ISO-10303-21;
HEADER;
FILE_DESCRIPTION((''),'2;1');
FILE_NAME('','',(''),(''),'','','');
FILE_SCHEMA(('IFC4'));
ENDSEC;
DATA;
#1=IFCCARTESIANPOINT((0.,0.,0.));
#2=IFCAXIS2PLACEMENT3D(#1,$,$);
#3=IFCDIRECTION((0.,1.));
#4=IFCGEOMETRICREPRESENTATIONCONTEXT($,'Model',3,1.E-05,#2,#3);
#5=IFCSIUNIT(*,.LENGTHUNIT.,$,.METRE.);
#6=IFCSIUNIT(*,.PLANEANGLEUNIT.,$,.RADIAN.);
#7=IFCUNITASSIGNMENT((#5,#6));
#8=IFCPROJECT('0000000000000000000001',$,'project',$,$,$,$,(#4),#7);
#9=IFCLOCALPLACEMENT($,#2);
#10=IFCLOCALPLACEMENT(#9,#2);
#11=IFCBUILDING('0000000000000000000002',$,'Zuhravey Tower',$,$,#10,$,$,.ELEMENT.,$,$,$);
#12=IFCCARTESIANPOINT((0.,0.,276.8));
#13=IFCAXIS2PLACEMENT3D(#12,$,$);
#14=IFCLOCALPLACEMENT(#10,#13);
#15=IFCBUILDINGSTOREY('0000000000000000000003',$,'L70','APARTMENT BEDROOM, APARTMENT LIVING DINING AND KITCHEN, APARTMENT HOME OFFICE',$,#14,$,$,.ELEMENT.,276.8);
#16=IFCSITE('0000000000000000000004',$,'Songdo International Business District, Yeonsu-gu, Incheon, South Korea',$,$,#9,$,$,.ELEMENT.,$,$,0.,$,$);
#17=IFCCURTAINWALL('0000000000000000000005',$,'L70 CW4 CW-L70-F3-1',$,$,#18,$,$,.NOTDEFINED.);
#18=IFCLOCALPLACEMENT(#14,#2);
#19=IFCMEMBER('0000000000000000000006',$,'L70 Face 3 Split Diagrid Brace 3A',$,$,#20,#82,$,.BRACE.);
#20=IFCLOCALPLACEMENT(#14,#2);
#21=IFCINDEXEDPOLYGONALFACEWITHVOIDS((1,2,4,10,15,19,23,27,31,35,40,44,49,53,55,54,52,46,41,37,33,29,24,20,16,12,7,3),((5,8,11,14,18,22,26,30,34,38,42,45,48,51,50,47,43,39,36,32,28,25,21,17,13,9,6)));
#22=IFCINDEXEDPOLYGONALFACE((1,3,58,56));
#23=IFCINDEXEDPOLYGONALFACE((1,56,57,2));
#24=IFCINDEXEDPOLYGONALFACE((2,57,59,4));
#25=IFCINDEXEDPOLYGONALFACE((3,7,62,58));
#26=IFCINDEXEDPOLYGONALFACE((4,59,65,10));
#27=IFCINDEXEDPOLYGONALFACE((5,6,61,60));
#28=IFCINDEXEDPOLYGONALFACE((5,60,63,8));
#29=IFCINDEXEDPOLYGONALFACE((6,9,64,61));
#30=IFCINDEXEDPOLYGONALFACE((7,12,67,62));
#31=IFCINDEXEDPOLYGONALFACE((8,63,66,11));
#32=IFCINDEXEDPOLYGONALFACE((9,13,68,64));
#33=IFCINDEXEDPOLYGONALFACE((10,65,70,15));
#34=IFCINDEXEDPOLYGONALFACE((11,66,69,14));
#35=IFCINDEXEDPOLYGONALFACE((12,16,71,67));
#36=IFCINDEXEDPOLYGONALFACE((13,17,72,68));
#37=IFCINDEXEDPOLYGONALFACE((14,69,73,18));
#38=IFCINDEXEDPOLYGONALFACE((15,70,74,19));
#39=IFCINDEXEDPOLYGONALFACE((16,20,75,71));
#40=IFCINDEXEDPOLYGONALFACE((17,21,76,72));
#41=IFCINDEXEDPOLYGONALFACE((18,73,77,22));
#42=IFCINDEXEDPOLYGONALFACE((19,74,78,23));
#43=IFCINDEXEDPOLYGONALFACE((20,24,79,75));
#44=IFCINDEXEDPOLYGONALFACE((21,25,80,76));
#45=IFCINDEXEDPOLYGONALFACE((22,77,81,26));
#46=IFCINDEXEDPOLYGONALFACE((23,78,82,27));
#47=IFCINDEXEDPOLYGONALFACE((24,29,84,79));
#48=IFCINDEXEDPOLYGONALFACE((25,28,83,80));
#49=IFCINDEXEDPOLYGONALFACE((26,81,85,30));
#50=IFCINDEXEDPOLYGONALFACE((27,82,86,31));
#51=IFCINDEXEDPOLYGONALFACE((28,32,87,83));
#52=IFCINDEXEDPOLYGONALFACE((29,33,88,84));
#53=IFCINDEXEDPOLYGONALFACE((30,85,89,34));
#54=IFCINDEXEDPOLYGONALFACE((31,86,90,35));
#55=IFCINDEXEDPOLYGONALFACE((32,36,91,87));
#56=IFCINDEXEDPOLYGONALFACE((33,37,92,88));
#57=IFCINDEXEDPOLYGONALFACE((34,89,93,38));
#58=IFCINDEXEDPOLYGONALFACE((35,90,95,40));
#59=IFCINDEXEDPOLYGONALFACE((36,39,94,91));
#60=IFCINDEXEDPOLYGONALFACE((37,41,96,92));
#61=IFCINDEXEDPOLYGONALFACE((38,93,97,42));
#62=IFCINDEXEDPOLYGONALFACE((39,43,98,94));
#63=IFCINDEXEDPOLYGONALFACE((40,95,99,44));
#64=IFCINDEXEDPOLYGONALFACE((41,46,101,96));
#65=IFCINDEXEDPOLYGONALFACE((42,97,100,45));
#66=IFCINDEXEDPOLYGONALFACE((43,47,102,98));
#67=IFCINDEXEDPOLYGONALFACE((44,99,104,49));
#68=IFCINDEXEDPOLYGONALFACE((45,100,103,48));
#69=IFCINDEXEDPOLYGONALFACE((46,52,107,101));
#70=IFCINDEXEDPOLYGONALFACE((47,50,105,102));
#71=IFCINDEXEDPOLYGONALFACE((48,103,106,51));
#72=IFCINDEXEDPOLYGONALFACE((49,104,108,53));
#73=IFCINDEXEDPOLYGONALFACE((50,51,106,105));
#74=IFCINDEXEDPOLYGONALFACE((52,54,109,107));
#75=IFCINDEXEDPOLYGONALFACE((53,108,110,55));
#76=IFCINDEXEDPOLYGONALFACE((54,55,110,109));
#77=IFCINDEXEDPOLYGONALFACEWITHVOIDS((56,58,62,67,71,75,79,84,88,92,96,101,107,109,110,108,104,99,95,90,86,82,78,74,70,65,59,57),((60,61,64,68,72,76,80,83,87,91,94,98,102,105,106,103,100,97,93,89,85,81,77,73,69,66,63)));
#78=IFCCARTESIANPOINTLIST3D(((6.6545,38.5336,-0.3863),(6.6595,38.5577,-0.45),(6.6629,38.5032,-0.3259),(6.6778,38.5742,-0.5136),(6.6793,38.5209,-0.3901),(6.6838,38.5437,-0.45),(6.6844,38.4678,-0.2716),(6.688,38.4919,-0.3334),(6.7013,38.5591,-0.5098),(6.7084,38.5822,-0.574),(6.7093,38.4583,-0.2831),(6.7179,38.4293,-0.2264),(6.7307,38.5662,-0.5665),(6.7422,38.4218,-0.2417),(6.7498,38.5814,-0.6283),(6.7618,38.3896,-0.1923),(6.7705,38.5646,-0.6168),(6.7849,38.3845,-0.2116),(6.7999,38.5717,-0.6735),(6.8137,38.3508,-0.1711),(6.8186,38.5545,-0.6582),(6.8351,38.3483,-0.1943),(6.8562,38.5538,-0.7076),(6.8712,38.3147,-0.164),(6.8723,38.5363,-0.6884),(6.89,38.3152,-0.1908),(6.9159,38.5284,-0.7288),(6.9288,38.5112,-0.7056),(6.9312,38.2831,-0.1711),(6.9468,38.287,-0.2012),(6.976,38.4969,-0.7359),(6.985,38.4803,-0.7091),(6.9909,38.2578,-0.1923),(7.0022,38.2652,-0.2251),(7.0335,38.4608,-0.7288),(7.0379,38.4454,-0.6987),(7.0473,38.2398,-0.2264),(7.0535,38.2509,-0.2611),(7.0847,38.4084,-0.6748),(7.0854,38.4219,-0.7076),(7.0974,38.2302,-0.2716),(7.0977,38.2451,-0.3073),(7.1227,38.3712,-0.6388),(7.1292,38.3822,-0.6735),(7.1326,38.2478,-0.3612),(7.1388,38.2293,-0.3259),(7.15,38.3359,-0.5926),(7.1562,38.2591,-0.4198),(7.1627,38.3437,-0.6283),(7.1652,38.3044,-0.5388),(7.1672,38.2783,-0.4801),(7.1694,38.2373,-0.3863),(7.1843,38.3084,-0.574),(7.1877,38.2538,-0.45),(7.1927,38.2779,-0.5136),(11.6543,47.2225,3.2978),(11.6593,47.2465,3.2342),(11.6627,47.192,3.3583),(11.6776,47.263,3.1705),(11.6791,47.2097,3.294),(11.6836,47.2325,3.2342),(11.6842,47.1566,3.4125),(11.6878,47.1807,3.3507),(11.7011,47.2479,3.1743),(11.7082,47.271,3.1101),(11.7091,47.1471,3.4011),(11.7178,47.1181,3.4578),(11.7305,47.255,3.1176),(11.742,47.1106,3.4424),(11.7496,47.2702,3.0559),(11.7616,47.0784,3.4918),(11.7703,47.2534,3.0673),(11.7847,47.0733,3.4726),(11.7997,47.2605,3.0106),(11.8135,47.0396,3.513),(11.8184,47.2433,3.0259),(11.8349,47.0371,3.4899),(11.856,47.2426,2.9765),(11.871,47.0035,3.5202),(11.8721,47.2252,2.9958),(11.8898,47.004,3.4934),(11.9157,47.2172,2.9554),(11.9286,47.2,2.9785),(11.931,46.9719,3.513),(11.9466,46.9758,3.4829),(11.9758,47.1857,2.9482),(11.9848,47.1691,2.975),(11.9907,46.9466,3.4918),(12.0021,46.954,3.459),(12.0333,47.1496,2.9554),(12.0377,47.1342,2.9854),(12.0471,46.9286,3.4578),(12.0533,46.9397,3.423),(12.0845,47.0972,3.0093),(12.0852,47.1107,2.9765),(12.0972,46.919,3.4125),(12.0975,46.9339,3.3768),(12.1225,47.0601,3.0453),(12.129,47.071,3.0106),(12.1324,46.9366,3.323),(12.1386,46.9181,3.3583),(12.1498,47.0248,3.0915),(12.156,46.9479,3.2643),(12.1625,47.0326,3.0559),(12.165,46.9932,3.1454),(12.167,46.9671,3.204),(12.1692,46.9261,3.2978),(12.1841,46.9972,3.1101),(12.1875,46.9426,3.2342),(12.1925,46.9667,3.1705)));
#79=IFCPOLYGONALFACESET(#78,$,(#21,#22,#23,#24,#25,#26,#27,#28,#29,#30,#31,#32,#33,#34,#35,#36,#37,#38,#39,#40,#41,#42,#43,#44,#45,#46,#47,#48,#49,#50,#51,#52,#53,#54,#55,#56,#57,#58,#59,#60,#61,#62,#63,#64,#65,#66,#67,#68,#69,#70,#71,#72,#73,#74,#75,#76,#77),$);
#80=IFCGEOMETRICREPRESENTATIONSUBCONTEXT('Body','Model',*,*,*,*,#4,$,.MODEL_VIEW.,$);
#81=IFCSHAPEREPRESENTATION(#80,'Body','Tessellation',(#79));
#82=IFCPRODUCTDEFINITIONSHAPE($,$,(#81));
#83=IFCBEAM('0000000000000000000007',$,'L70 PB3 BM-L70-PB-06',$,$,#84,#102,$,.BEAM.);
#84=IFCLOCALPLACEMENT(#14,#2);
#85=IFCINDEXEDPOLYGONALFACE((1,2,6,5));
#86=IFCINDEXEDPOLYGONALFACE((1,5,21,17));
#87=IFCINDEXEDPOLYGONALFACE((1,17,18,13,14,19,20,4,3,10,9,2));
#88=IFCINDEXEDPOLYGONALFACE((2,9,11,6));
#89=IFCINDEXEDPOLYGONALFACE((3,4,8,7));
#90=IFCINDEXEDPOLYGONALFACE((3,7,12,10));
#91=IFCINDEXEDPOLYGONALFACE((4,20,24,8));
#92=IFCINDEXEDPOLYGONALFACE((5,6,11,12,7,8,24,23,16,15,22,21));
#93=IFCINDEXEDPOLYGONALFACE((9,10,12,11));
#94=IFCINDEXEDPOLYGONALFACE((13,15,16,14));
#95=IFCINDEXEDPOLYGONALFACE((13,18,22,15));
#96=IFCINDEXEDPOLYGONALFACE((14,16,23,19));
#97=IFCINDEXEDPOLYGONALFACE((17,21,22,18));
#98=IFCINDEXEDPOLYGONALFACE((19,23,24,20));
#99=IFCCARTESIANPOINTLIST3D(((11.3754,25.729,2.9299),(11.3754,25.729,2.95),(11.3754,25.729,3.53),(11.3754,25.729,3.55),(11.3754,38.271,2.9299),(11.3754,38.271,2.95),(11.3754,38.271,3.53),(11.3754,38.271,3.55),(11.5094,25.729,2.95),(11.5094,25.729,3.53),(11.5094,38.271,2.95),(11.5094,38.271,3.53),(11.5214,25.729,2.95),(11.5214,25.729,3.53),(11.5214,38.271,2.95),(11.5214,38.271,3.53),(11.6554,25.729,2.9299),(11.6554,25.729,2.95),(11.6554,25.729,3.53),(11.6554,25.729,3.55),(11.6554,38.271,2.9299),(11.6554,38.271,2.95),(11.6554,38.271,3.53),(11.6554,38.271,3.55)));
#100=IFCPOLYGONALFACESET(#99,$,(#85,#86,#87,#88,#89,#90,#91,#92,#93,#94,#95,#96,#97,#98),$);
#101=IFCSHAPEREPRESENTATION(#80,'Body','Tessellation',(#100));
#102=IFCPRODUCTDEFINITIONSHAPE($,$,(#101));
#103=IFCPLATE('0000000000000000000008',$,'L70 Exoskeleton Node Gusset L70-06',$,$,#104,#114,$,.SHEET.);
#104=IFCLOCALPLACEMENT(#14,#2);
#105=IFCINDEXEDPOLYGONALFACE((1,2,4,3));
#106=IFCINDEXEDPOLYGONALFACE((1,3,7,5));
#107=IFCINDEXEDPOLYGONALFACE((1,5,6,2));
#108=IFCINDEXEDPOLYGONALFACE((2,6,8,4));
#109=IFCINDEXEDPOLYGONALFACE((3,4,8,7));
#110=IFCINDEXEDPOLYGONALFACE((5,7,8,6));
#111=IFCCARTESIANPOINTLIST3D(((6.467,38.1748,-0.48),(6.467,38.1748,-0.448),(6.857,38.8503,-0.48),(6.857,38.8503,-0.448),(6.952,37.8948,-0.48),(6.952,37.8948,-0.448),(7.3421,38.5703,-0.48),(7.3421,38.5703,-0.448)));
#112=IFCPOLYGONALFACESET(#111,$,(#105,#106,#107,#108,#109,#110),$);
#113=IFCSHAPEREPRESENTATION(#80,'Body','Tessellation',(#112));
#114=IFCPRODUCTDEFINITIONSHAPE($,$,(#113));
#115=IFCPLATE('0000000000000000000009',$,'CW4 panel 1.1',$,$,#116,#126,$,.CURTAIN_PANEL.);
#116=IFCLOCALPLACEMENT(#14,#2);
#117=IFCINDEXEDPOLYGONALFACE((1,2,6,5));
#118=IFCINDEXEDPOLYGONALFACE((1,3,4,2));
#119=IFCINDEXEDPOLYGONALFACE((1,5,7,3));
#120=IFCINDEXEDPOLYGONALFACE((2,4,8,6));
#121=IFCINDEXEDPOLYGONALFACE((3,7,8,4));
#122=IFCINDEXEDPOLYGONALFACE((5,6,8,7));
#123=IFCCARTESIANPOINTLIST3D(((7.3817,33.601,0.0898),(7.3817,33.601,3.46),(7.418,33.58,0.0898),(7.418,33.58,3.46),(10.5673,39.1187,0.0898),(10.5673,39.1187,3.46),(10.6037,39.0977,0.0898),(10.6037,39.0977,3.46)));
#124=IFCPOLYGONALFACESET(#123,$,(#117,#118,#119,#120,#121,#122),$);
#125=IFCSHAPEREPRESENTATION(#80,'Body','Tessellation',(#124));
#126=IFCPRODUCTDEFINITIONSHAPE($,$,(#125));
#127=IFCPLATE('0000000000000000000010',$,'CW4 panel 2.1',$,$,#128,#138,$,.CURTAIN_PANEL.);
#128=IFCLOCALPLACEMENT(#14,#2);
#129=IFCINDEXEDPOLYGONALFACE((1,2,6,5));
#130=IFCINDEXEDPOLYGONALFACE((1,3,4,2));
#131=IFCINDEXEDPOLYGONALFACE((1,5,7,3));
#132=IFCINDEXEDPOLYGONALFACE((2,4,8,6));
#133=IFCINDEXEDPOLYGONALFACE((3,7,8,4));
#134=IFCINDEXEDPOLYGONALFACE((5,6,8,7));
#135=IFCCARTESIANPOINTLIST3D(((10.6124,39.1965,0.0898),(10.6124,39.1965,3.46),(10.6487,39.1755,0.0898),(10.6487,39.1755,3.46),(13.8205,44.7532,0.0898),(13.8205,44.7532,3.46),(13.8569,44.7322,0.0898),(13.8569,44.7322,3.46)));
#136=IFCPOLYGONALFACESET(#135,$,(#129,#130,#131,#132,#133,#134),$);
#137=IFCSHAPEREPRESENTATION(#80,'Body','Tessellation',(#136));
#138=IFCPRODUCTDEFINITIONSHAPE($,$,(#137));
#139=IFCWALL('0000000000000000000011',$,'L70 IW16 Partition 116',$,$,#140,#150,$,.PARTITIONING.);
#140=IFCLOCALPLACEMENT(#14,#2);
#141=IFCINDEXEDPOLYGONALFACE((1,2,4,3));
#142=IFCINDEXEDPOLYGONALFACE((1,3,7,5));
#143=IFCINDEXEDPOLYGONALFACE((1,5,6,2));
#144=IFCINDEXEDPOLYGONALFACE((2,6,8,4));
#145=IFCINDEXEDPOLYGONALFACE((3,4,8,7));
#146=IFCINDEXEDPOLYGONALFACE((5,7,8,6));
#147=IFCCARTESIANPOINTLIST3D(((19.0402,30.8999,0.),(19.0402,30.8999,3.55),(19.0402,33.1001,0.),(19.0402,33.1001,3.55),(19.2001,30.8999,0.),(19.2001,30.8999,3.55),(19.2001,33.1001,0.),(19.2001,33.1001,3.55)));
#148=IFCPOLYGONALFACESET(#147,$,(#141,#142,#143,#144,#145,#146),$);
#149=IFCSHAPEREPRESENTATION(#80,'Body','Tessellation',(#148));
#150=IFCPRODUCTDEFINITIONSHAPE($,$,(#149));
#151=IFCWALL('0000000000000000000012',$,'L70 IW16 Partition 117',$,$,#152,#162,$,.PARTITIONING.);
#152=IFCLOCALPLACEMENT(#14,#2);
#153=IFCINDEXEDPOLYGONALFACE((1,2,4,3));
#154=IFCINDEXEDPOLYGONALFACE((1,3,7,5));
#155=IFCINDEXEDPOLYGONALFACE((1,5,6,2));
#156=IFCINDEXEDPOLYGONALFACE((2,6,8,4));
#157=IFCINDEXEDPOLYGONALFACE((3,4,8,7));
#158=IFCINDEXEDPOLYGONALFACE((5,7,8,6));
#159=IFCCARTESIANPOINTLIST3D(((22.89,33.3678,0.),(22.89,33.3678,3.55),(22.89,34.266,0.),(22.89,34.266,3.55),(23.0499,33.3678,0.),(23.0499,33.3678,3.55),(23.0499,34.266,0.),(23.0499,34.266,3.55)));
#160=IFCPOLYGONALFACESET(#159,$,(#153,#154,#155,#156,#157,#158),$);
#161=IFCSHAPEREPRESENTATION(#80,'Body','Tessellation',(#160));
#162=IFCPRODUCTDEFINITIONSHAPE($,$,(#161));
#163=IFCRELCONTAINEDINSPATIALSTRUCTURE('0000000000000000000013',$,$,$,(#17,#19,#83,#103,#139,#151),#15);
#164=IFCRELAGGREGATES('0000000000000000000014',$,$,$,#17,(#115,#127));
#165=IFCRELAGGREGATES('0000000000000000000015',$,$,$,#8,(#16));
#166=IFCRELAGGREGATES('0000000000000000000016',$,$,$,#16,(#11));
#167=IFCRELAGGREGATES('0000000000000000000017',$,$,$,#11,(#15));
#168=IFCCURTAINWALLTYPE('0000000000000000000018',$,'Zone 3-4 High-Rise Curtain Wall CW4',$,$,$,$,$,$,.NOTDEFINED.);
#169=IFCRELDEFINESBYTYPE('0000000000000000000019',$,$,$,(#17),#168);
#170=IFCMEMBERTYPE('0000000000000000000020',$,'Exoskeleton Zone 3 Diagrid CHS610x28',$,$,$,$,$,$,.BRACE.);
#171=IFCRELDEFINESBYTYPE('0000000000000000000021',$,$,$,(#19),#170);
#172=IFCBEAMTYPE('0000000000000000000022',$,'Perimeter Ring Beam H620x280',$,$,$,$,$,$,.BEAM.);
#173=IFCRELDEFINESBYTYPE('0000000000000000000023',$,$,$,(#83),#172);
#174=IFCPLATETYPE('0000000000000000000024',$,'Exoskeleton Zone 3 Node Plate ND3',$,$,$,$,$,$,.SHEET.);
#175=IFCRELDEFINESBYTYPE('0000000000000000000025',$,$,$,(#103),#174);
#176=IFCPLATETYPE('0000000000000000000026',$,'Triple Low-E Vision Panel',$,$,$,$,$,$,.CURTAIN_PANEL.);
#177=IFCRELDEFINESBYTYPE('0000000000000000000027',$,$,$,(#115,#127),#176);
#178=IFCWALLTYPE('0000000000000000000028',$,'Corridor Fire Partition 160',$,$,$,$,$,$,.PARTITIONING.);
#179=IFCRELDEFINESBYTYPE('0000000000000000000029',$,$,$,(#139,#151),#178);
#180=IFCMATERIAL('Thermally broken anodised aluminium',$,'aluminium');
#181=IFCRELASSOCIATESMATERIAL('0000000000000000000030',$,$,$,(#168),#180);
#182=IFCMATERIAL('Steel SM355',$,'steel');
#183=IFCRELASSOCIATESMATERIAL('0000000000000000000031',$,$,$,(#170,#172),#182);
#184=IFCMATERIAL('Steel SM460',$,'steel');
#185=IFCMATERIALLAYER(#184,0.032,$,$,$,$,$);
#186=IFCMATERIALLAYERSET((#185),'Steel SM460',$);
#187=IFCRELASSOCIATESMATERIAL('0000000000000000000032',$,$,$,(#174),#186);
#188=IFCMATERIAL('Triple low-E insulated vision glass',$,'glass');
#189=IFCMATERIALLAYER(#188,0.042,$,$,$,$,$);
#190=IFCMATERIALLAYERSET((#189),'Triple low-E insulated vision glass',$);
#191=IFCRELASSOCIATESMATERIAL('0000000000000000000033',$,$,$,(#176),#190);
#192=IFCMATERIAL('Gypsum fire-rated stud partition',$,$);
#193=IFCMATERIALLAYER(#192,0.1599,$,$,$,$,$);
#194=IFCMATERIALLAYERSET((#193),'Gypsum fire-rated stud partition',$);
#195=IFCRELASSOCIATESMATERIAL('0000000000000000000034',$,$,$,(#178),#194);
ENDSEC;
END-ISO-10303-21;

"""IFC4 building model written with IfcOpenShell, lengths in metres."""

from ifc_helpers import new_model, si_unit, direction, frame, frame_2d, origin, origin_2d, place, context, subcontext, project, spatial, rectangle, hollow_circle, i_section, extrude, material, layer, layer_set, material_profile, profile_set, type_object, element, aggregate, save


model = new_model("IFC4")

# Units and contexts
model_context = context("Model", 3, precision=1e-05, world=origin(), true_north=direction((0.0, 1.0)))
body_context = subcontext(model_context, "Body", "Model", "MODEL_VIEW")
ifc_project = project(units=[si_unit("LENGTHUNIT", "METRE"), si_unit("PLANEANGLEUNIT", "RADIAN")], contexts=[model_context])

# Site, building, storey
site_placement = place(None, origin())
site = spatial("IfcSite", under=ifc_project, at=site_placement, Name="Songdo International Business District, Yeonsu-gu, Incheon, South Korea", CompositionType="ELEMENT", RefElevation=0.0)
building_placement = place(site_placement, origin())
building = spatial("IfcBuilding", under=site, at=building_placement, Name="Zuhravey Tower", CompositionType="ELEMENT")
storey_placement = place(building_placement, frame((0.0, 0.0, 276.8)))
storey = spatial("IfcBuildingStorey", under=building, at=storey_placement, Name="L70", Description="APARTMENT BEDROOM, APARTMENT LIVING DINING AND KITCHEN, APARTMENT HOME OFFICE", CompositionType="ELEMENT", Elevation=276.8)

# Curtain wall
ifc_material_1 = material(Name="Thermally broken anodised aluminium", Category="aluminium")
curtain_wall_type = type_object("IfcCurtainWallType", Name="Zone 3-4 High-Rise Curtain Wall CW4", PredefinedType="NOTDEFINED", material=ifc_material_1)
curtain_wall_placement = place(storey_placement, origin())
curtain_wall = element("IfcCurtainWall", 1, at=curtain_wall_placement, inside=storey, type_object=curtain_wall_type, Name="L70 CW4 CW-L70-F3-1", PredefinedType="NOTDEFINED")

# Member
ifc_material_2 = material(Name="Steel SM355", Category="steel")
ifc_material_profile_1 = material_profile(ifc_material_2, hollow_circle(Radius=0.3047, WallThickness=0.0281, at=origin_2d()), Name="CHS-609.6x28")
ifc_profile_set_1 = profile_set([ifc_material_profile_1], Name="Steel SM355")
member_type_1 = type_object("IfcMemberType", Name="Exoskeleton Zone 3 Diagrid CHS610x28", PredefinedType="BRACE", material=ifc_profile_set_1)
member_1_placement = place(storey_placement, frame((6.9236, 38.4058, -0.45), z_axis=(0.468139, 0.813545, 0.344949), x_axis=(-0.866745, 0.498752, 0.0)))
element("IfcMember", 2, at=member_1_placement, inside=storey, type_object=member_type_1, Name="L70 Face 3 Split Diagrid Brace 3A", PredefinedType="BRACE", context=body_context, shape_type="SweptSolid", body=[
    extrude(hollow_circle(Radius=0.3047, WallThickness=0.0281, at=origin_2d()), origin(), (0.0, 0.0, 1.0), 10.6802),
])

# Beam
ifc_material_profile_2 = material_profile(ifc_material_2, i_section(OverallWidth=0.28, OverallDepth=0.6201, WebThickness=0.012, FlangeThickness=0.02, at=origin_2d()), Name="H-620x280x12x20")
ifc_profile_set_2 = profile_set([ifc_material_profile_2], Name="Steel SM355")
beam_type = type_object("IfcBeamType", Name="Perimeter Ring Beam H620x280", PredefinedType="BEAM", material=ifc_profile_set_2)
beam_placement = place(storey_placement, frame((11.5154, 38.271, 3.24), z_axis=(0.0, -1.0, 0.0), x_axis=(1.0, 0.0, 0.0)))
element("IfcBeam", 3, at=beam_placement, inside=storey, type_object=beam_type, Name="L70 PB3 BM-L70-PB-06", PredefinedType="BEAM", context=body_context, shape_type="SweptSolid", body=[
    extrude(i_section(OverallWidth=0.28, OverallDepth=0.6201, WebThickness=0.012, FlangeThickness=0.02, at=origin_2d()), origin(), (0.0, 0.0, 1.0), 12.542),
])

# Plates
ifc_material_3 = material(Name="Steel SM460", Category="steel")
ifc_layer_1 = layer(ifc_material_3, 0.032)
ifc_layer_set_1 = layer_set([ifc_layer_1], Name="Steel SM460")
plate_type_1 = type_object("IfcPlateType", Name="Exoskeleton Zone 3 Node Plate ND3", PredefinedType="SHEET", material=ifc_layer_set_1)
plate_1_placement = place(storey_placement, frame((6.9045, 38.3726, -0.48), z_axis=(0.0, 0.0, 1.0), x_axis=(-0.5, -0.866025, 0.0)))
element("IfcPlate", 4, at=plate_1_placement, inside=storey, type_object=plate_type_1, Name="L70 Exoskeleton Node Gusset L70-06", PredefinedType="SHEET", context=body_context, shape_type="SweptSolid", body=[
    extrude(rectangle(XDim=0.78, YDim=0.5601, at=origin_2d()), origin(), (0.0, 0.0, 1.0), 0.032),
])
ifc_material_4 = material(Name="Triple low-E insulated vision glass", Category="glass")
ifc_layer_2 = layer(ifc_material_4, 0.042)
ifc_layer_set_2 = layer_set([ifc_layer_2], Name="Triple low-E insulated vision glass")
plate_type_2 = type_object("IfcPlateType", Name="Triple Low-E Vision Panel", PredefinedType="CURTAIN_PANEL", material=ifc_layer_set_2)
plate_2_placement = place(storey_placement, frame((8.9927, 36.3494, 0.0898), z_axis=(0.0, 0.0, 1.0), x_axis=(0.500001, 0.866025, 0.0)))
plate_2 = element("IfcPlate", 5, at=plate_2_placement, type_object=plate_type_2, Name="CW4 panel 1.1", PredefinedType="CURTAIN_PANEL", context=body_context, shape_type="SweptSolid", body=[
    extrude(rectangle(XDim=6.3713, YDim=0.042, at=origin_2d()), origin(), (0.0, 0.0, 1.0), 3.3701),
])
plate_3_placement = place(storey_placement, frame((12.2346, 41.9644, 0.0898), z_axis=(0.0, 0.0, 1.0), x_axis=(0.500001, 0.866025, 0.0)))
plate_3 = element("IfcPlate", 6, at=plate_3_placement, type_object=plate_type_2, Name="CW4 panel 2.1", PredefinedType="CURTAIN_PANEL", context=body_context, shape_type="SweptSolid", body=[
    extrude(rectangle(XDim=6.4163, YDim=0.042, at=origin_2d()), origin(), (0.0, 0.0, 1.0), 3.3701),
])
aggregate(curtain_wall, [plate_2, plate_3])

# Shared definitions
ifc_material_5 = material(Name="Gypsum fire-rated stud partition")
ifc_layer_3 = layer(ifc_material_5, 0.1599)
ifc_layer_set_3 = layer_set([ifc_layer_3], Name="Gypsum fire-rated stud partition")
wall_type_1 = type_object("IfcWallType", Name="Corridor Fire Partition 160", PredefinedType="PARTITIONING", material=ifc_layer_set_3)

# Walls
wall_1_placement = place(storey_placement, frame((19.1201, 33.1001, 0.0), z_axis=(0.0, 0.0, 1.0), x_axis=(0.0, -1.0, 0.0)))
element("IfcWall", 7, at=wall_1_placement, inside=storey, type_object=wall_type_1, Name="L70 IW16 Partition 116", PredefinedType="PARTITIONING", context=body_context, shape_type="SweptSolid", body=[
    extrude(rectangle(XDim=2.2002, YDim=0.1599, at=frame_2d((1.1001, 0.0))), origin(), (0.0, 0.0, 1.0), 3.55),
])
wall_2_placement = place(storey_placement, frame((22.97, 34.2661, 0.0), z_axis=(0.0, 0.0, 1.0), x_axis=(0.0, -1.0, 0.0)))
element("IfcWall", 8, at=wall_2_placement, inside=storey, type_object=wall_type_1, Name="L70 IW16 Partition 117", PredefinedType="PARTITIONING", context=body_context, shape_type="SweptSolid", body=[
    extrude(rectangle(XDim=0.8982, YDim=0.1599, at=frame_2d((0.4492, 0.0))), origin(), (0.0, 0.0, 1.0), 3.55),
])

save(model, "model.ifc")
